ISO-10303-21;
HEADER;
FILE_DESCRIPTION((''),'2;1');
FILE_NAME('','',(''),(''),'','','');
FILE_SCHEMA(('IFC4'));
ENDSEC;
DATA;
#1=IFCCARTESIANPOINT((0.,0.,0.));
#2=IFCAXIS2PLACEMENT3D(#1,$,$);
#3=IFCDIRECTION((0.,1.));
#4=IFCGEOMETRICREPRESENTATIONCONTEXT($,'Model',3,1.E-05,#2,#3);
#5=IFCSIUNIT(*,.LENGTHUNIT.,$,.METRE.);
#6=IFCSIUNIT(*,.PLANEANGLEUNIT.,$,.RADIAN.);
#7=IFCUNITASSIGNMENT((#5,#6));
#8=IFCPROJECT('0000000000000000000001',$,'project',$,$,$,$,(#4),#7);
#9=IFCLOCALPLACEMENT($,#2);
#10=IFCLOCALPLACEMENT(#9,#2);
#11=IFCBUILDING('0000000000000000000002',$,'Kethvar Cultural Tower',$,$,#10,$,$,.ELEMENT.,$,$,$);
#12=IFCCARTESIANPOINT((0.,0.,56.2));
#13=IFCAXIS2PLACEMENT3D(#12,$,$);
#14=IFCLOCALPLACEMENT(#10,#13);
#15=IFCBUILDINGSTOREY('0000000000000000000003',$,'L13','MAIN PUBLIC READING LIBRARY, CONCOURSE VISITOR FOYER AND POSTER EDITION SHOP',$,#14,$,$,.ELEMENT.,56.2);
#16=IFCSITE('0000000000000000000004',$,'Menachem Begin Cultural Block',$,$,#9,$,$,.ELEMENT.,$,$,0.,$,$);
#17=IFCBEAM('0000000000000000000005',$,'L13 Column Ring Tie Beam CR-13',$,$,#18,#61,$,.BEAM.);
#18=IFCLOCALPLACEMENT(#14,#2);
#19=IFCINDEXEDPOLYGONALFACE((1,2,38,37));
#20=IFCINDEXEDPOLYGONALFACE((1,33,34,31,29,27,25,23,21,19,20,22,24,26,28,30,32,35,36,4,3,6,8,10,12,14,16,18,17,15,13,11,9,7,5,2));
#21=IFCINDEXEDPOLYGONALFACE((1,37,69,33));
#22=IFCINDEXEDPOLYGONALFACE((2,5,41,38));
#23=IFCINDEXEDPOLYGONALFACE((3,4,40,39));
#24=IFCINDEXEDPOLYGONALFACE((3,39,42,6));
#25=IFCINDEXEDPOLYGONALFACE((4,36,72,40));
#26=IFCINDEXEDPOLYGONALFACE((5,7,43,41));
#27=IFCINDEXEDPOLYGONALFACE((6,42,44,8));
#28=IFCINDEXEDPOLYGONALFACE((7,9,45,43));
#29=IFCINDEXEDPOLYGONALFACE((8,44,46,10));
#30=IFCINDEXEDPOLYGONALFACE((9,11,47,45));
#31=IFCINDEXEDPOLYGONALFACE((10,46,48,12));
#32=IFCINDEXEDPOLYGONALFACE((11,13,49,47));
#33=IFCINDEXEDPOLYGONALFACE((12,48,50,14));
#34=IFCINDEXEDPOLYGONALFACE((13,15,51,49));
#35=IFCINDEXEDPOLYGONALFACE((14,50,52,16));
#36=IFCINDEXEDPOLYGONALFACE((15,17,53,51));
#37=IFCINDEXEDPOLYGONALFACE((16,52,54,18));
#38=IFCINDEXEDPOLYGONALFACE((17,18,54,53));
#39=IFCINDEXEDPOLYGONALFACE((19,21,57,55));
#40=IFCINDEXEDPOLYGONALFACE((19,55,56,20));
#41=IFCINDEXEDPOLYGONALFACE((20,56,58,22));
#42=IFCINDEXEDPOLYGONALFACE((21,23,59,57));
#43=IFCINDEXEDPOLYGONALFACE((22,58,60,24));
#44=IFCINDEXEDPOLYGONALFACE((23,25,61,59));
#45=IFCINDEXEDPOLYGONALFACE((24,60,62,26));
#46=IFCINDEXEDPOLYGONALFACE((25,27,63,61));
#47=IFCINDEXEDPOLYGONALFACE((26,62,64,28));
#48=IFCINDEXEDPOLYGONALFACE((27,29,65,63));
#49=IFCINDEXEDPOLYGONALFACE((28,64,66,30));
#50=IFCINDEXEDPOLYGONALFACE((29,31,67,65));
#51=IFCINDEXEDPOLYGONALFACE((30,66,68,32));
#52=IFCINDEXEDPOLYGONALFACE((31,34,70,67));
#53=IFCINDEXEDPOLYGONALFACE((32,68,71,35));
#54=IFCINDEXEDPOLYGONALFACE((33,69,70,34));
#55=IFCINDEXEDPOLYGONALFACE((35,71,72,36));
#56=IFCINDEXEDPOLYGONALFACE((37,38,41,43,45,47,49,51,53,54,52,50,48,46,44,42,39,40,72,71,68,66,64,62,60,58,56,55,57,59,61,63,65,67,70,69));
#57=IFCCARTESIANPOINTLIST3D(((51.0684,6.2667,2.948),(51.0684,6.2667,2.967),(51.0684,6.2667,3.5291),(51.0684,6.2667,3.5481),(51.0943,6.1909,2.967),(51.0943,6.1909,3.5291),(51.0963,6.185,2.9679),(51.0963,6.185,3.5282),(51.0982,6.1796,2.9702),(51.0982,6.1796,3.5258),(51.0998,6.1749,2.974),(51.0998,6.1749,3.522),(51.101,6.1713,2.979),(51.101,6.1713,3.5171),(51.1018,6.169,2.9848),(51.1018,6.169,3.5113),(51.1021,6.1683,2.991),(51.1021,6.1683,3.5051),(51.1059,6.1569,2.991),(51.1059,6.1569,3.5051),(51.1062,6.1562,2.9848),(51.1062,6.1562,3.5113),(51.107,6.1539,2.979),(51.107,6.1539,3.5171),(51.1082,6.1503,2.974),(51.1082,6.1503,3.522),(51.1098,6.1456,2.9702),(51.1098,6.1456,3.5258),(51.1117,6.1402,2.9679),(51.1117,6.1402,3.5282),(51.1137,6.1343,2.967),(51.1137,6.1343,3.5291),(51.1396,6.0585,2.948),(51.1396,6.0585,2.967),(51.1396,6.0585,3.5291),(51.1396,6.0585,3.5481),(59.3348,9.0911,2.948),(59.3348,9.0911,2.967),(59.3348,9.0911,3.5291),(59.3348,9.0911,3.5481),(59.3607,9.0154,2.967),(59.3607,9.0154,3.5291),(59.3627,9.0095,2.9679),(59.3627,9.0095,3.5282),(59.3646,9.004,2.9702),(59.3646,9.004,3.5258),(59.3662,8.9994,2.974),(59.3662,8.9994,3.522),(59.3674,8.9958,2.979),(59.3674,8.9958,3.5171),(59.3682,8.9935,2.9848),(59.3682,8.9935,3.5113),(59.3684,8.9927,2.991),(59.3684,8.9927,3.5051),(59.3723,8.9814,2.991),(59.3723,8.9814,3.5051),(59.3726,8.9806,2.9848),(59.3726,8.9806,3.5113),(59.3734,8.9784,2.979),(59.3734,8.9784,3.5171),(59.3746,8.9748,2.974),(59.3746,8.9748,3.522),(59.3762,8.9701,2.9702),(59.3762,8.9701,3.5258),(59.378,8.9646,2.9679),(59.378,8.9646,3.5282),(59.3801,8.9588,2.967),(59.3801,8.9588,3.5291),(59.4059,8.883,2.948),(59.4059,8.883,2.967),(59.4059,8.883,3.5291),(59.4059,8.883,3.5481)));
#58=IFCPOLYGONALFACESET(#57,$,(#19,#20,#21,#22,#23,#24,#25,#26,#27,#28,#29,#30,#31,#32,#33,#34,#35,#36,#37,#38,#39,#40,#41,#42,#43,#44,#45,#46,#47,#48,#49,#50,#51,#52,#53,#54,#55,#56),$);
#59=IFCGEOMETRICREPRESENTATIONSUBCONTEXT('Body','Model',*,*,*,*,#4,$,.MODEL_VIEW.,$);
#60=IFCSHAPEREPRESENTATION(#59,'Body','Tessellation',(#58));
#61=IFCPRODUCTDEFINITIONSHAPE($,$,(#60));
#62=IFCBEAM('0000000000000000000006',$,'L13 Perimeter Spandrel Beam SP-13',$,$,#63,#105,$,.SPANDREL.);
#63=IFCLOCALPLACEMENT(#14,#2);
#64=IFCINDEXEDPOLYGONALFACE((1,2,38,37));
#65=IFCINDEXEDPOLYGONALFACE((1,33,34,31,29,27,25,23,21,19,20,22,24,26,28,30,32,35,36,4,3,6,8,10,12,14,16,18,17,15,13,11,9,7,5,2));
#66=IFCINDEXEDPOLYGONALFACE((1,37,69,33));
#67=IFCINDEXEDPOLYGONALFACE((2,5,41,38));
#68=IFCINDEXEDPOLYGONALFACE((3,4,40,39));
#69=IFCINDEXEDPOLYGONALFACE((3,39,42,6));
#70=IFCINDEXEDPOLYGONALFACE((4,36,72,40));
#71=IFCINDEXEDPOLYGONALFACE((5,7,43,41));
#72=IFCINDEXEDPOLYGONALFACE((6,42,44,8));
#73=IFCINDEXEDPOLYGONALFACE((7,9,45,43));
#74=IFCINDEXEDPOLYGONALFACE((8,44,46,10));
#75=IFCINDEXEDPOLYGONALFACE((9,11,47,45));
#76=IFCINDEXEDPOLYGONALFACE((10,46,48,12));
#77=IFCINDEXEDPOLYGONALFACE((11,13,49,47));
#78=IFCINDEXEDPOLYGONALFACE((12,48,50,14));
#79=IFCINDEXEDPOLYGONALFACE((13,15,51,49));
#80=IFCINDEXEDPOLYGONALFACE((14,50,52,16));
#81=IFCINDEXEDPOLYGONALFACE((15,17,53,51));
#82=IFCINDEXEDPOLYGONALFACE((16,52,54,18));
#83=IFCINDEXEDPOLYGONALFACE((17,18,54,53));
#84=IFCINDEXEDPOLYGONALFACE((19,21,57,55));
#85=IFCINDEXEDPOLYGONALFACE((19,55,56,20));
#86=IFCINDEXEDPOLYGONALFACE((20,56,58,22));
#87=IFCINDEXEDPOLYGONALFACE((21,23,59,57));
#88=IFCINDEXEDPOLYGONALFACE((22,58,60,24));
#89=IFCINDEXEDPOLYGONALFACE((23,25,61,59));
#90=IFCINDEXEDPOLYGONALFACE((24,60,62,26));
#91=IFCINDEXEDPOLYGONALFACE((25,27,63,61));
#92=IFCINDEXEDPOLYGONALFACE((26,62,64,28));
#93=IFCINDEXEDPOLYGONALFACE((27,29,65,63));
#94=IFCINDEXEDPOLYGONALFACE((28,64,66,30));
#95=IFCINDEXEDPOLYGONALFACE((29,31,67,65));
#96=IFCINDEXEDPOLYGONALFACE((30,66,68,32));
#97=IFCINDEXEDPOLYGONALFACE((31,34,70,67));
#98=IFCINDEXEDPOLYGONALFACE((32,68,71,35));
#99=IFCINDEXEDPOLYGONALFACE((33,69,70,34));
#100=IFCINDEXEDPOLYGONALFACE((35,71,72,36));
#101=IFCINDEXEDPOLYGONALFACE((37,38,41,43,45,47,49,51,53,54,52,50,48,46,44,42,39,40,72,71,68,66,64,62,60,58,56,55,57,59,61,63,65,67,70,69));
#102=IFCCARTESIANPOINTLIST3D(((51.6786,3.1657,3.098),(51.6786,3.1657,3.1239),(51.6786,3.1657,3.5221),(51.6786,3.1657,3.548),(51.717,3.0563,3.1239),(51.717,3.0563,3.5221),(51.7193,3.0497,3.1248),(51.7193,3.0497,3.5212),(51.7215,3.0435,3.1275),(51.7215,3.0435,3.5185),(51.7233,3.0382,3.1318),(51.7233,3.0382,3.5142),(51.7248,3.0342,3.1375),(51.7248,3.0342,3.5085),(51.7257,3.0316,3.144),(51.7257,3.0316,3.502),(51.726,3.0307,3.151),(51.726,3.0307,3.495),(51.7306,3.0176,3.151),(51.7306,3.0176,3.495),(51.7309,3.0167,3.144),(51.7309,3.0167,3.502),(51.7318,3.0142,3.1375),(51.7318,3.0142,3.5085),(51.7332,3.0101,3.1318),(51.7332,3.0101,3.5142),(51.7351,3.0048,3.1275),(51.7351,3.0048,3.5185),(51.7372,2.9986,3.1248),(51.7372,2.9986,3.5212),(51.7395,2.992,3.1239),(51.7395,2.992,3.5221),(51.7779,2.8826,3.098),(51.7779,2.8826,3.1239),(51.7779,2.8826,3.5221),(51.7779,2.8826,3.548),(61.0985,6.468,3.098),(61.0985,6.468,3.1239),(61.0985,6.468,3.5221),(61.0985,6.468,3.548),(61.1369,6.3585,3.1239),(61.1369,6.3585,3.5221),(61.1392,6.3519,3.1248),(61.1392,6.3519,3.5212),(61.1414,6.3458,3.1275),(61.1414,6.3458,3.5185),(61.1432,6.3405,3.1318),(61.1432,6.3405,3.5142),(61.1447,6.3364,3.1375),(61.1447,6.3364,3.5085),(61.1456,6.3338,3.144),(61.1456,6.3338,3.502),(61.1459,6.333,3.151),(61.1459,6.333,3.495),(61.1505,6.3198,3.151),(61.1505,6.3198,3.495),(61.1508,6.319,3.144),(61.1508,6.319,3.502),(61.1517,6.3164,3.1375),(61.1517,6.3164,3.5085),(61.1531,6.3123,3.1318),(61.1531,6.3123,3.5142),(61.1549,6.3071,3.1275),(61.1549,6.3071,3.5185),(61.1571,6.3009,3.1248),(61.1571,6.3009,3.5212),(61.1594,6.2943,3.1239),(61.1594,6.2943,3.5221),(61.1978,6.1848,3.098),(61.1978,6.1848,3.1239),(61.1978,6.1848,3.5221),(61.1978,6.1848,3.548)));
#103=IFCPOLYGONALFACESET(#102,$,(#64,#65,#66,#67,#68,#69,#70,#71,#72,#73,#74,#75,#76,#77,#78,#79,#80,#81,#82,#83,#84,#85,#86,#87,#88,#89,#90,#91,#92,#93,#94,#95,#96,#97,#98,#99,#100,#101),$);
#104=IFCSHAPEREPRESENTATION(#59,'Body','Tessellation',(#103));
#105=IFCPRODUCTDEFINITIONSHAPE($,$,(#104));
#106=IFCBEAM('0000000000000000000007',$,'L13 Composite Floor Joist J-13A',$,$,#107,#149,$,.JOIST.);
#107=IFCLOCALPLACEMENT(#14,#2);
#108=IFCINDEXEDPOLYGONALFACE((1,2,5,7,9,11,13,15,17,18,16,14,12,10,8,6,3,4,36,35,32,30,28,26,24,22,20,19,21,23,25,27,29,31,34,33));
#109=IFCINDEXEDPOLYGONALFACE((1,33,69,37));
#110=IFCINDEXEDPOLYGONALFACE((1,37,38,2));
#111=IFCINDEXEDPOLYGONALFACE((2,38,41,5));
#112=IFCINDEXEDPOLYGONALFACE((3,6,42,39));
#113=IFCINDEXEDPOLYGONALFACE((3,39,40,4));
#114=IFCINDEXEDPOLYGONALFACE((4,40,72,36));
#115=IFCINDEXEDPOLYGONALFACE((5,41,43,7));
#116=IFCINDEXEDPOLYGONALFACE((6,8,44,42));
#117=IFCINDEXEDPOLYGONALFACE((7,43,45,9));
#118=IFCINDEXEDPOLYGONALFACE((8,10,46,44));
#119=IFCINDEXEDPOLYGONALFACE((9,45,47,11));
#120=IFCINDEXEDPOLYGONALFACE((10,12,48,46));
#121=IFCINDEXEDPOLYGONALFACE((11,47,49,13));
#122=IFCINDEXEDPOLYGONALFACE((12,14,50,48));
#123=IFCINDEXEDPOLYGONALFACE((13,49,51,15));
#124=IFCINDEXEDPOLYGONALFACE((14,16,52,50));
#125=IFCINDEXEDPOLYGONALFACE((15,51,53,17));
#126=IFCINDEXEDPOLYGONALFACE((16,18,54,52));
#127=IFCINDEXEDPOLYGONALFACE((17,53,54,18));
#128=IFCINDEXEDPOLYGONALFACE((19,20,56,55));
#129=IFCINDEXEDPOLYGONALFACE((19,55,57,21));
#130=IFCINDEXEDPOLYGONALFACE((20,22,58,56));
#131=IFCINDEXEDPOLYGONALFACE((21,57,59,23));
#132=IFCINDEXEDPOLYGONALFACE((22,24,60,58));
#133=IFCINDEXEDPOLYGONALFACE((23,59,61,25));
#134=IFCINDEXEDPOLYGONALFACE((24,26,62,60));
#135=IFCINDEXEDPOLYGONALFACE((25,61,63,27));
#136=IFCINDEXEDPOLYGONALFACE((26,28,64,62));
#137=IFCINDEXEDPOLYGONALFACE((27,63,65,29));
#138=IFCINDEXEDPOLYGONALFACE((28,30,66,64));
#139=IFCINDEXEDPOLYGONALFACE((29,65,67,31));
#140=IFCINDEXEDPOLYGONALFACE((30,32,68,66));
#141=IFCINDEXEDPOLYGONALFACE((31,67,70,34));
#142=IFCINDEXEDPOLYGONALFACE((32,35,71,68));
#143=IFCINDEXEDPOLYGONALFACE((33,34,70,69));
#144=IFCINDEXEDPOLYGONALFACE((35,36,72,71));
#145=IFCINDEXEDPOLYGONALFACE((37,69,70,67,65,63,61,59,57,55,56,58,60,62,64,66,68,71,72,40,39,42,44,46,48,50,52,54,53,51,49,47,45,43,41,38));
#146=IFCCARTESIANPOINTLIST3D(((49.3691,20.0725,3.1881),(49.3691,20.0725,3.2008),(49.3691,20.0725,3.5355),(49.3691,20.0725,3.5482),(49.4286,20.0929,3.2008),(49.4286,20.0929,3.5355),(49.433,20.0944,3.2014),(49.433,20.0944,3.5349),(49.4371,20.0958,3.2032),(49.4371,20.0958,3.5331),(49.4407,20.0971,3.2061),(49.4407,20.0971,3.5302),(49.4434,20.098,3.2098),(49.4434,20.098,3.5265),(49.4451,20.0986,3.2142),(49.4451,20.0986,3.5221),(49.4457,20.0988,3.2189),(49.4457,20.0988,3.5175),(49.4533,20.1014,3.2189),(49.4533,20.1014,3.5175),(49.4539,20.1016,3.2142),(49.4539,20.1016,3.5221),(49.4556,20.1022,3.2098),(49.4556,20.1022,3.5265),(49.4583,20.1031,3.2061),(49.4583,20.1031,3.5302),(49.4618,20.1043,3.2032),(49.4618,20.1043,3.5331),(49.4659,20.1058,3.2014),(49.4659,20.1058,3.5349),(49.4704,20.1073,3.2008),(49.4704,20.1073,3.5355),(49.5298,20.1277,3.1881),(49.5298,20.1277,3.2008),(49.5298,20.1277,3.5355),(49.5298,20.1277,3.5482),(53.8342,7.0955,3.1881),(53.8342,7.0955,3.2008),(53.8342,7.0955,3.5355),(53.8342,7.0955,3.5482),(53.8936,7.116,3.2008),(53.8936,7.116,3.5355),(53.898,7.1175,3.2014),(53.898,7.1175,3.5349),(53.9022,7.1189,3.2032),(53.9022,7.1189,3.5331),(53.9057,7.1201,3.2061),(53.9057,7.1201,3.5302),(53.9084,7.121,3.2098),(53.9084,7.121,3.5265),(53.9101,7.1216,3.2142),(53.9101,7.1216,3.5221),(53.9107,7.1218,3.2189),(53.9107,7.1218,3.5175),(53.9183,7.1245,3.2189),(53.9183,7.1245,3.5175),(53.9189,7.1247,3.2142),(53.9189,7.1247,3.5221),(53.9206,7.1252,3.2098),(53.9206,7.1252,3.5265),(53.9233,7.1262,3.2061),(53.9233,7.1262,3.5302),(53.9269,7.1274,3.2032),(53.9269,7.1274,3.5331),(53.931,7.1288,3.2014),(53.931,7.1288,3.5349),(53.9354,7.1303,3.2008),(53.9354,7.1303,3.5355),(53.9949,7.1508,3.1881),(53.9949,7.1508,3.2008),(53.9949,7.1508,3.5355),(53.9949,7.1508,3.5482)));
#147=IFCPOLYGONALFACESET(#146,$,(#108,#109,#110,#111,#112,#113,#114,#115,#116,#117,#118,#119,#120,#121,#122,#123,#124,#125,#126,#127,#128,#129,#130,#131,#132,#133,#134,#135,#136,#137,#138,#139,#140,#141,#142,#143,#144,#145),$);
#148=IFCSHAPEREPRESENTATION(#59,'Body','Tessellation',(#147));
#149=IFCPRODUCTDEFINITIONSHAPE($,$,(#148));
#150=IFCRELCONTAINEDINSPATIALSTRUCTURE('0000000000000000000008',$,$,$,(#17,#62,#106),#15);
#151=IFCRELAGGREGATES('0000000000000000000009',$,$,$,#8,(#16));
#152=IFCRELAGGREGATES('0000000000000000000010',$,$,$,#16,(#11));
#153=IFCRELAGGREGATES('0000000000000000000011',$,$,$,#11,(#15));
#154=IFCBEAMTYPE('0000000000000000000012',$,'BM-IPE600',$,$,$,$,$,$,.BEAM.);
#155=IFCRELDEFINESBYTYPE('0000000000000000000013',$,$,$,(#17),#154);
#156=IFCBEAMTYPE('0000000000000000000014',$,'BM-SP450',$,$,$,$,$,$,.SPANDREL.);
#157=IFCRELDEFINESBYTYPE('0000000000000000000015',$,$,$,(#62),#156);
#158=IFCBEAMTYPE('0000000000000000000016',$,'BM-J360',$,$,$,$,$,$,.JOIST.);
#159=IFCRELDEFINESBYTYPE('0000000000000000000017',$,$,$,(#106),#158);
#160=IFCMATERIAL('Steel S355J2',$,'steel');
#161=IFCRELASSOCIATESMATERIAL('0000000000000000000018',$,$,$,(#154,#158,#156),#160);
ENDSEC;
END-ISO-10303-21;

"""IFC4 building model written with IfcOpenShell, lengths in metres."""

from ifc_helpers import new_model, si_unit, direction, frame, origin, origin_2d, place, context, subcontext, project, spatial, i_section, extrude, source, transform, mapped, material, material_profile, profile_set, type_object, element, save


model = new_model("IFC4")

# Units and contexts
model_context = context("Model", 3, precision=1e-05, world=origin(), true_north=direction((0.0, 1.0)))
body_context = subcontext(model_context, "Body", "Model", "MODEL_VIEW")
ifc_project = project(units=[si_unit("LENGTHUNIT", "METRE"), si_unit("PLANEANGLEUNIT", "RADIAN")], contexts=[model_context])

# Site, building, storey
site_placement = place(None, origin())
site = spatial("IfcSite", under=ifc_project, at=site_placement, Name="Menachem Begin Cultural Block", CompositionType="ELEMENT", RefElevation=0.0)
building_placement = place(site_placement, origin())
building = spatial("IfcBuilding", under=site, at=building_placement, Name="Kethvar Cultural Tower", CompositionType="ELEMENT")
storey_placement = place(building_placement, frame((0.0, 0.0, 56.2)))
storey = spatial("IfcBuildingStorey", under=building, at=storey_placement, Name="L13", Description="MAIN PUBLIC READING LIBRARY, CONCOURSE VISITOR FOYER AND POSTER EDITION SHOP", CompositionType="ELEMENT", Elevation=56.2)

# Beams
ifc_material_1 = material(Name="Steel S355J2", Category="steel")
ifc_material_profile_1 = material_profile(ifc_material_1, i_section(OverallWidth=0.22, OverallDepth=0.6001, WebThickness=0.012, FlangeThickness=0.019, FilletRadius=0.0239, at=origin_2d()), Name="Steel S355J2 — IPE600")
ifc_profile_set_1 = profile_set([ifc_material_profile_1], Name="Steel S355J2 — IPE600")
beam_type_1 = type_object("IfcBeamType", Name="BM-IPE600", PredefinedType="BEAM", material=ifc_profile_set_1)
ifc_material_profile_2 = material_profile(ifc_material_1, i_section(OverallWidth=0.1699, OverallDepth=0.3601, WebThickness=0.0081, FlangeThickness=0.0127, FilletRadius=0.0181, at=origin_2d()), Name="Steel S355J2 — IPE360")
ifc_profile_set_2 = profile_set([ifc_material_profile_2], Name="Steel S355J2 — IPE360")
beam_type_2 = type_object("IfcBeamType", Name="BM-J360", PredefinedType="JOIST", material=ifc_profile_set_2)
shared_shape_1 = source(origin(), body_context, "Body", "SweptSolid", [
    extrude(i_section(OverallWidth=0.22, OverallDepth=0.6001, WebThickness=0.012, FlangeThickness=0.019, FilletRadius=0.0239, at=origin_2d()), origin(), (0.0, 0.0, 1.0), 8.7356),
])
beam_1_placement = place(storey_placement, frame((51.104, 6.1626, 3.248), z_axis=(0.946287, 0.323329, 0.0), x_axis=(-0.323329, 0.946287, 0.0)))
element("IfcBeam", 1, at=beam_1_placement, inside=storey, type_object=beam_type_1, Name="L13 Column Ring Tie Beam CR-13", PredefinedType="BEAM", context=body_context, shape_type="MappedRepresentation", body=[
    mapped(shared_shape_1, transform((0.0, 0.0, 0.0), scale=1.0)),
])
ifc_material_profile_3 = material_profile(ifc_material_1, i_section(OverallWidth=0.3, OverallDepth=0.45, WebThickness=0.0139, FlangeThickness=0.0259, FilletRadius=0.0271, at=origin_2d()), Name="Steel S355J2 — HEB450")
ifc_profile_set_3 = profile_set([ifc_material_profile_3], Name="Steel S355J2 — HEB450")
beam_type_3 = type_object("IfcBeamType", Name="BM-SP450", PredefinedType="SPANDREL", material=ifc_profile_set_3)
shared_shape_2 = source(origin(), body_context, "Body", "SweptSolid", [
    extrude(i_section(OverallWidth=0.3, OverallDepth=0.45, WebThickness=0.0139, FlangeThickness=0.0259, FilletRadius=0.0271, at=origin_2d()), origin(), (0.0, 0.0, 1.0), 9.9819),
])
beam_2_placement = place(storey_placement, frame((51.7283, 3.0242, 3.323), z_axis=(0.943694, 0.330821, 0.0), x_axis=(-0.330821, 0.943694, 0.0)))
element("IfcBeam", 2, at=beam_2_placement, inside=storey, type_object=beam_type_3, Name="L13 Perimeter Spandrel Beam SP-13", PredefinedType="SPANDREL", context=body_context, shape_type="MappedRepresentation", body=[
    mapped(shared_shape_2, transform((0.0, 0.0, 0.0), scale=1.0)),
])
shared_shape_3 = source(origin(), body_context, "Body", "SweptSolid", [
    extrude(i_section(OverallWidth=0.1699, OverallDepth=0.3601, WebThickness=0.0081, FlangeThickness=0.0127, FilletRadius=0.0181, at=origin_2d()), origin(), (0.0, 0.0, 1.0), 13.7236),
])
beam_3_placement = place(storey_placement, frame((49.4495, 20.1001, 3.3682), z_axis=(0.325355, -0.945592, 0.0), x_axis=(0.945592, 0.325355, 0.0)))
element("IfcBeam", 3, at=beam_3_placement, inside=storey, type_object=beam_type_2, Name="L13 Composite Floor Joist J-13A", PredefinedType="JOIST", context=body_context, shape_type="MappedRepresentation", body=[
    mapped(shared_shape_3, transform((0.0, 0.0, 0.0), scale=1.0)),
])

save(model, "model.ifc")
